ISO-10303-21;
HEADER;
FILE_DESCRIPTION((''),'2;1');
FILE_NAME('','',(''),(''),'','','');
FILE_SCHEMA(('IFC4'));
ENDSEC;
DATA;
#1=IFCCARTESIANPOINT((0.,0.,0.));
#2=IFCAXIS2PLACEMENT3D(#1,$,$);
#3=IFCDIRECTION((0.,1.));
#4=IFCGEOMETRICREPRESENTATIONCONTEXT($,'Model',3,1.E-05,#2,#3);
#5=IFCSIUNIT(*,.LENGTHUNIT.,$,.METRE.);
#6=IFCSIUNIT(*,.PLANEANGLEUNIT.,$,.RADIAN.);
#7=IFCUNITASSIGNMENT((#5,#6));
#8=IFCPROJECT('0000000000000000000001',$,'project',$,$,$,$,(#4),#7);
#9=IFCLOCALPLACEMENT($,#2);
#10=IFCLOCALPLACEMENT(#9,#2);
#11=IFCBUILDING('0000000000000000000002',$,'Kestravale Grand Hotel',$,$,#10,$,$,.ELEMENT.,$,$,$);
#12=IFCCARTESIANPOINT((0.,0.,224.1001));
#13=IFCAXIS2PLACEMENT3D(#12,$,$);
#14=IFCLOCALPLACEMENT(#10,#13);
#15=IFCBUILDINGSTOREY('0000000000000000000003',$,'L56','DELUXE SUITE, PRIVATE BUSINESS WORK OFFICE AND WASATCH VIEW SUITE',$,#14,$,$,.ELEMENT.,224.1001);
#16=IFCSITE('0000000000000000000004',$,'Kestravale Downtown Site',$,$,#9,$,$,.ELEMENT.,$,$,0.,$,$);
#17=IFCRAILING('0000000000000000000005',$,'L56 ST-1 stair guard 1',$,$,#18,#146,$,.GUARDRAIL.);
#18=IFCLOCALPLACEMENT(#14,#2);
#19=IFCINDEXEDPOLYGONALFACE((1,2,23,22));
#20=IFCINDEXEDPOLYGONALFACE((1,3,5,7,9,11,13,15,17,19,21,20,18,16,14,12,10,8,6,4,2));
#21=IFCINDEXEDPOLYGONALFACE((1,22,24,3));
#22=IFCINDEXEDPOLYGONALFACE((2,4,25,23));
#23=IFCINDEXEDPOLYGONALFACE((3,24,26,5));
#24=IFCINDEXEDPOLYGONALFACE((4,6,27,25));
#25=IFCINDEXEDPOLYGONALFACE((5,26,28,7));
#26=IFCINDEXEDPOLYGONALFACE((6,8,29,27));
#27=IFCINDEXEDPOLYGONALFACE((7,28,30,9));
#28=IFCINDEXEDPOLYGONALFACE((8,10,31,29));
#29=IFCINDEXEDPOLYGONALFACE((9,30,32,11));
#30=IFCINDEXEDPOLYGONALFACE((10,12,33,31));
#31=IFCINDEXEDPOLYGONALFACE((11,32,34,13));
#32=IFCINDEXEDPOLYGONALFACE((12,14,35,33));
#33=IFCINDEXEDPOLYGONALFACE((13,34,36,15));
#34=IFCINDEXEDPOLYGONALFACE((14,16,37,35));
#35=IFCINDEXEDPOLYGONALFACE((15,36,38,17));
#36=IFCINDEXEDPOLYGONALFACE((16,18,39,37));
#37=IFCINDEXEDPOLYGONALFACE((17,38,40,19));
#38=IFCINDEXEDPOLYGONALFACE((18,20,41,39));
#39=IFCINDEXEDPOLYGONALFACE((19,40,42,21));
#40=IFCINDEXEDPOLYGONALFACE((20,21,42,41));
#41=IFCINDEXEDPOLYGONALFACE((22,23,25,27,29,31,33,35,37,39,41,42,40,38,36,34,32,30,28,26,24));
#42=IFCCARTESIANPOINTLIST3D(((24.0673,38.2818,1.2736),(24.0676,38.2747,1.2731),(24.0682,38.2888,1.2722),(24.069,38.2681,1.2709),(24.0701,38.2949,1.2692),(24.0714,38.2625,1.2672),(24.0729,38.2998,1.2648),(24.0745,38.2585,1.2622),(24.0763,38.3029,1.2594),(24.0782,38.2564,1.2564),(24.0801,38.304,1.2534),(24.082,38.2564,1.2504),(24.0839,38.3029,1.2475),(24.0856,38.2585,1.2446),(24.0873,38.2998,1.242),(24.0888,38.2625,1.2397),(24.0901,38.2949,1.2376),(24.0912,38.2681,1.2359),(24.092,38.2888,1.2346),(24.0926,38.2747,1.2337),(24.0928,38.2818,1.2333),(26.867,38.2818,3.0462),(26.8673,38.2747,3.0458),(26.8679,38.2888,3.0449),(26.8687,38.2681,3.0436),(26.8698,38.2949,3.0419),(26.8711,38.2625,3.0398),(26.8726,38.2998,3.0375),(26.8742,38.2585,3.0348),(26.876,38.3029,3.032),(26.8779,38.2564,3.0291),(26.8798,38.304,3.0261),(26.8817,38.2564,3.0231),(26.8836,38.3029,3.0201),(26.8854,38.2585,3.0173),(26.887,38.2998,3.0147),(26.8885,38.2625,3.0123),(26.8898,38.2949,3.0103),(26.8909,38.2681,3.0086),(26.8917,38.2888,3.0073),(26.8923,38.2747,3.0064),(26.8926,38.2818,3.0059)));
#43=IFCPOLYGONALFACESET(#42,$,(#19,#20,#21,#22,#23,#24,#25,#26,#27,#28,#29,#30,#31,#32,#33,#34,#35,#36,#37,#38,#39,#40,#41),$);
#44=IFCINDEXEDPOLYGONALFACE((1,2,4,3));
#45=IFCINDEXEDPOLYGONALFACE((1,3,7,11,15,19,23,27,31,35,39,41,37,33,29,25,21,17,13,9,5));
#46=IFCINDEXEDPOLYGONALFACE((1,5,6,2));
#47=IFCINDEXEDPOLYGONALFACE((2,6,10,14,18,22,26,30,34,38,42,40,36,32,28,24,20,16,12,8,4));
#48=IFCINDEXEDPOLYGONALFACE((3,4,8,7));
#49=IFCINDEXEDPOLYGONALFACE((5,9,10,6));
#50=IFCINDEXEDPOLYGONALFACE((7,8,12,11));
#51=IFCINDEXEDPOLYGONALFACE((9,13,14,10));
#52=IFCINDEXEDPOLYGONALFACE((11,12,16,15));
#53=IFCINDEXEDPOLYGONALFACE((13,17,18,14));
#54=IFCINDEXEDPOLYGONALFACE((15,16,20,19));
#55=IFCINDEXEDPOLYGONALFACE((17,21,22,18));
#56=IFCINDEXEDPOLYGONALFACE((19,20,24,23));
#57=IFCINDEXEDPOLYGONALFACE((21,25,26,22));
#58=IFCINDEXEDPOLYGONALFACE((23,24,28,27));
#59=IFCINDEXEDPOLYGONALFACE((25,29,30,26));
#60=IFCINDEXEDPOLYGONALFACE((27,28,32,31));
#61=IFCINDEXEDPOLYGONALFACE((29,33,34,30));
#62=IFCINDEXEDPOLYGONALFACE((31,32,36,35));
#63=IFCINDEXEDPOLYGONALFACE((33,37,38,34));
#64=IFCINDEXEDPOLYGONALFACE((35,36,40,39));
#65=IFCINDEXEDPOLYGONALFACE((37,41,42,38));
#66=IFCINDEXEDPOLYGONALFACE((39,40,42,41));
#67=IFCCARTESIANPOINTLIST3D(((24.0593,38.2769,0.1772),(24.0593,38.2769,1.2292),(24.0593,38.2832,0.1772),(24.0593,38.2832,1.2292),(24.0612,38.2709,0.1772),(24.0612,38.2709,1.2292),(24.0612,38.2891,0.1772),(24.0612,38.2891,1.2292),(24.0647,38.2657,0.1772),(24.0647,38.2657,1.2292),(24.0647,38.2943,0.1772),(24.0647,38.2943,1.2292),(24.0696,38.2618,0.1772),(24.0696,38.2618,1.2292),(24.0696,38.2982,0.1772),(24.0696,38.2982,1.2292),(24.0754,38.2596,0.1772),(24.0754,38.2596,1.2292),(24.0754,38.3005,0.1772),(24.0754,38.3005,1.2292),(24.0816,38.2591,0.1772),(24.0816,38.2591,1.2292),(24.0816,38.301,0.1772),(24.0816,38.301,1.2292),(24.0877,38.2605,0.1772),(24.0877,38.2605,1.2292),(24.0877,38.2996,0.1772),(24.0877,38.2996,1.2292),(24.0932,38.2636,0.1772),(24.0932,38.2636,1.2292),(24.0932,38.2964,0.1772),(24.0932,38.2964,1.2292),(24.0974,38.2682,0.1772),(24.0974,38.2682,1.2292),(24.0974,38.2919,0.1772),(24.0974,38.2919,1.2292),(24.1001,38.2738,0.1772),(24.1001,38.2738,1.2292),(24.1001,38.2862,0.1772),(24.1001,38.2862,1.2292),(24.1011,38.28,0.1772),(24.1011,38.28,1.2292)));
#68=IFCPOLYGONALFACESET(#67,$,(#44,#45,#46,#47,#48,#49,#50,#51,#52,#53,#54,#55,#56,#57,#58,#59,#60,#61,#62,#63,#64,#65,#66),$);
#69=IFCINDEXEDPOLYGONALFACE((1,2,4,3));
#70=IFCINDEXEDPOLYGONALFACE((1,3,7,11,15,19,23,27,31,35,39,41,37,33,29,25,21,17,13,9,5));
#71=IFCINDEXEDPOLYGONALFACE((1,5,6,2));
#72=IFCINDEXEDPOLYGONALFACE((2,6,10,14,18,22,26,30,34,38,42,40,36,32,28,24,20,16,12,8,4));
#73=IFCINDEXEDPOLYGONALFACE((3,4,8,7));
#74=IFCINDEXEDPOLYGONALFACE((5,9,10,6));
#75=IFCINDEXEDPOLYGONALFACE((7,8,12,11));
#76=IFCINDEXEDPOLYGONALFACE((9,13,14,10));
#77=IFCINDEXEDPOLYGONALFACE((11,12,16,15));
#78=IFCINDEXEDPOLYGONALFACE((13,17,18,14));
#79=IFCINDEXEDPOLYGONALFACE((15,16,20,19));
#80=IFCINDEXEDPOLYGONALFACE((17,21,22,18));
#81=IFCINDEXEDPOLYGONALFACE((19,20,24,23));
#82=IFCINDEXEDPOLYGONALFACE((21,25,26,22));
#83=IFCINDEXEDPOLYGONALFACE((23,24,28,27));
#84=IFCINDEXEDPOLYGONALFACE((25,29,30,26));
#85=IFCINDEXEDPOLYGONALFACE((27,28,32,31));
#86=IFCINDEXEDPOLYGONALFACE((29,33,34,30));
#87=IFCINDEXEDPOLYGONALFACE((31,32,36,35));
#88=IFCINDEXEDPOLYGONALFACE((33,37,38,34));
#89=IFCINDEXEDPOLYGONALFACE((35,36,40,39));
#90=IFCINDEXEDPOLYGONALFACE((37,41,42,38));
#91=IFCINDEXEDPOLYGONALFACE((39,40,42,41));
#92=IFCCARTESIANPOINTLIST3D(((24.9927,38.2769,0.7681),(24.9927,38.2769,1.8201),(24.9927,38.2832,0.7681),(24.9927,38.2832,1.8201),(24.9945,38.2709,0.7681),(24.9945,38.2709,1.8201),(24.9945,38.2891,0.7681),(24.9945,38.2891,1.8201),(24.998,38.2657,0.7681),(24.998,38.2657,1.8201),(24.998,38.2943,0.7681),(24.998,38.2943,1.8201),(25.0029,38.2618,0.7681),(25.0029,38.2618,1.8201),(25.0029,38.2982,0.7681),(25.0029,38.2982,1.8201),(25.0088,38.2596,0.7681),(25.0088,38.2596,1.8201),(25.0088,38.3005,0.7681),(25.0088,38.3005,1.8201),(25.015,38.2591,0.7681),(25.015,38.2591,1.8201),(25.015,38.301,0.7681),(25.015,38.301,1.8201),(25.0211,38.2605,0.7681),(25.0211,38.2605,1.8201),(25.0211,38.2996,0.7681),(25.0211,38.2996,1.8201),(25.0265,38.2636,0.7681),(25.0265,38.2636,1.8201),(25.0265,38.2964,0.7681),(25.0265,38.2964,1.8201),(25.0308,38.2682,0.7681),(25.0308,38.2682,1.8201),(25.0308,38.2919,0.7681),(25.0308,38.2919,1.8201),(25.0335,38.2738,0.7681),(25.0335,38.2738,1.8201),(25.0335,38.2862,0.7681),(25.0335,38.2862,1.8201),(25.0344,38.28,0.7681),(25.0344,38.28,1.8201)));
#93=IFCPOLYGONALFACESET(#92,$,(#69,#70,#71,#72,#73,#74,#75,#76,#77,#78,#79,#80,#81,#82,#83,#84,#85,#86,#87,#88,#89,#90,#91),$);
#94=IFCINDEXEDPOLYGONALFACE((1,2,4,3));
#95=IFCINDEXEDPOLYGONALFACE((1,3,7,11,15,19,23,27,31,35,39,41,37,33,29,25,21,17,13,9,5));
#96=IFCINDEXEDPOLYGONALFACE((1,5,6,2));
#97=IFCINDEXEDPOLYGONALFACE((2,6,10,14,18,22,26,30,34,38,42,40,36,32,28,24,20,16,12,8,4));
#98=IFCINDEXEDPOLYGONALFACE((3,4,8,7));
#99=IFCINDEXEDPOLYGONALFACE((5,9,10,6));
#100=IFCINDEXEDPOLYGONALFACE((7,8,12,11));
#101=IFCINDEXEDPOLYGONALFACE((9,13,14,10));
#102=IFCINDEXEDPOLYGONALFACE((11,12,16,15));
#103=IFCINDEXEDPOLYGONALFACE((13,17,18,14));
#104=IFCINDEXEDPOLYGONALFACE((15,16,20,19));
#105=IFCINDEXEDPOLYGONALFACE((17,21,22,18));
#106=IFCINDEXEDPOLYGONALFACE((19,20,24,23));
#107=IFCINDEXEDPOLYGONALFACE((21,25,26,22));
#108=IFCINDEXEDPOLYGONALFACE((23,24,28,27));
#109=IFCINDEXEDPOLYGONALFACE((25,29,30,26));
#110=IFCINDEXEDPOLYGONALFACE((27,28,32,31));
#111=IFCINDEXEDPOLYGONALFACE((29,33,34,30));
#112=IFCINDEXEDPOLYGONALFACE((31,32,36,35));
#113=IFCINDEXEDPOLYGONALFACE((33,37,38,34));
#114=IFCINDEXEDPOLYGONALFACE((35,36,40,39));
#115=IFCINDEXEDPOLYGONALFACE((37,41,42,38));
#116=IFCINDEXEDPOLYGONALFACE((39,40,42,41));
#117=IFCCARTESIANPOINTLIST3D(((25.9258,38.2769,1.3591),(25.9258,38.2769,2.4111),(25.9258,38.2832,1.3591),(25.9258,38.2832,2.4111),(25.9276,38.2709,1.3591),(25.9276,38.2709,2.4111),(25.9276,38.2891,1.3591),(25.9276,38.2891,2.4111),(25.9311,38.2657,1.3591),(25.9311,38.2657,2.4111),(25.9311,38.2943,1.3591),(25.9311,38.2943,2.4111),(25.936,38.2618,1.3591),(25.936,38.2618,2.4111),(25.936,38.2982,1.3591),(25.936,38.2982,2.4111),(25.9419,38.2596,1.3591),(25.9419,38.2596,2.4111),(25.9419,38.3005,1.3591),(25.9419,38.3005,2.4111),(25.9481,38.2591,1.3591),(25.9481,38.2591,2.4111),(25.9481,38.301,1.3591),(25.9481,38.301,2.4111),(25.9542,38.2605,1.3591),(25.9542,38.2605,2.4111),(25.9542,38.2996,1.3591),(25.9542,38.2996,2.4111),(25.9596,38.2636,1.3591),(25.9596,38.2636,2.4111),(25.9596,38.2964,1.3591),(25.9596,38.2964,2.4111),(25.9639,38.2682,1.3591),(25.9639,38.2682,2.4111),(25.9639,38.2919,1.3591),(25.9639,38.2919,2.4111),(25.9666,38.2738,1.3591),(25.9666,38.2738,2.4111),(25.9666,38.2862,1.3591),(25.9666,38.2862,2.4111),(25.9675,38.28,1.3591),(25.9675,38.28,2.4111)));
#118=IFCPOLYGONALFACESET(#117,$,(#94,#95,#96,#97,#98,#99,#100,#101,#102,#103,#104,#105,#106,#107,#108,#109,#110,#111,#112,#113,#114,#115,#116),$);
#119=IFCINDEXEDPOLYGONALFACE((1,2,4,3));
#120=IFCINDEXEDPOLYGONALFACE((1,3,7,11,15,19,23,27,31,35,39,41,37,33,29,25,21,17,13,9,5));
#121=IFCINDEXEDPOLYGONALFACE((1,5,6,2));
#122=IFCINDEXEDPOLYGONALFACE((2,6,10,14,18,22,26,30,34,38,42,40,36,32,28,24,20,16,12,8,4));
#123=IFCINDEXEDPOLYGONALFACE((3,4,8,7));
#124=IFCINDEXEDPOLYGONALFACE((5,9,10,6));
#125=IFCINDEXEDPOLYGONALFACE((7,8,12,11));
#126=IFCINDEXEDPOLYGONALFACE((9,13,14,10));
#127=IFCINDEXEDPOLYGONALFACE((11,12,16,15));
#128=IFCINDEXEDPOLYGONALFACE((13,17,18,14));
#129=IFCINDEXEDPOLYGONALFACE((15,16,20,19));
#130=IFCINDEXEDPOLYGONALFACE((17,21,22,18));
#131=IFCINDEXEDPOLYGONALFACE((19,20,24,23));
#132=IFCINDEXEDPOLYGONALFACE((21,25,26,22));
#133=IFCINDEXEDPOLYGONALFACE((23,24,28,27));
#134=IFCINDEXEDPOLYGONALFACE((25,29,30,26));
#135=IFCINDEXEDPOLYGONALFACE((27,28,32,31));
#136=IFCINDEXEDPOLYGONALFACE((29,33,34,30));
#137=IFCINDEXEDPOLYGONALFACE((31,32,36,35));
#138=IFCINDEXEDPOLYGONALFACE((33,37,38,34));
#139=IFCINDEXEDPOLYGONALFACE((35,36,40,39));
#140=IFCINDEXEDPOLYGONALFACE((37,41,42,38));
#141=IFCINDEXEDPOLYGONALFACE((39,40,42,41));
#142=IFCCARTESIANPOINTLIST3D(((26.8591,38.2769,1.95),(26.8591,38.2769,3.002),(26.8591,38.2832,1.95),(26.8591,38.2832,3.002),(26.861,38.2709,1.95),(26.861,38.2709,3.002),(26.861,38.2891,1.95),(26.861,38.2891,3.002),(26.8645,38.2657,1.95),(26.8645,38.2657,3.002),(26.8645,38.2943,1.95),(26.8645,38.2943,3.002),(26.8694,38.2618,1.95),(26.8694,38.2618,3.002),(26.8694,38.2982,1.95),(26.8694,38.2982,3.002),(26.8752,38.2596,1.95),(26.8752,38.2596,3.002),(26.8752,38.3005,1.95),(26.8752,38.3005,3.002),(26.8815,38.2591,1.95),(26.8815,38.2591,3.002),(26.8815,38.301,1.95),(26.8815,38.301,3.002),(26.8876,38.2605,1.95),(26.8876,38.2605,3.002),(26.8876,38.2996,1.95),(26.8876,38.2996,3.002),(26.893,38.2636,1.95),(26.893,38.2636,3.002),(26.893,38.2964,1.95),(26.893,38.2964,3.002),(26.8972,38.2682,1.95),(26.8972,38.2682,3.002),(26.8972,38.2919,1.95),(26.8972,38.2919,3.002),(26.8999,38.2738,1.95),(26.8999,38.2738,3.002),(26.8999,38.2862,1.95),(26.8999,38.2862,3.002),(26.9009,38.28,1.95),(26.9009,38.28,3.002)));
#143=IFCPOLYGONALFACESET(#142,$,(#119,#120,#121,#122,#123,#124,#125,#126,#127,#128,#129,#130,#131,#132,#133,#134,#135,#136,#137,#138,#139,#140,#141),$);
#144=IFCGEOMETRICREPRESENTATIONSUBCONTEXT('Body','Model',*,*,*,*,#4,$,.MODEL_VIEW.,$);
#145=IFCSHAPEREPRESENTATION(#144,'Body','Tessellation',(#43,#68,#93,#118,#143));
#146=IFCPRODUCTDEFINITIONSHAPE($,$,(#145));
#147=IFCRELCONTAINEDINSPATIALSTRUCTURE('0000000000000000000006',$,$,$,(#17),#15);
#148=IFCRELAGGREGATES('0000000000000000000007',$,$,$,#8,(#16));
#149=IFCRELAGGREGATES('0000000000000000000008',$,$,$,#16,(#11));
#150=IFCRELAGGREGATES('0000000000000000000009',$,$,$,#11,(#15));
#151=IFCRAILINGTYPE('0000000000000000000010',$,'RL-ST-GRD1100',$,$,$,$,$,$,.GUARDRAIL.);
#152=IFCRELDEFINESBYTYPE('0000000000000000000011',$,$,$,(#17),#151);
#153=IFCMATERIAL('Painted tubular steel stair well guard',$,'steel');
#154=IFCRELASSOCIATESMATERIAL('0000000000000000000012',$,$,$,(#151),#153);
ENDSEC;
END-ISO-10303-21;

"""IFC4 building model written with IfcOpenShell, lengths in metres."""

from ifc_helpers import new_model, si_unit, direction, frame, origin, origin_2d, place, context, subcontext, project, spatial, circle, extrude, material, type_object, element, save


model = new_model("IFC4")

# Units and contexts
model_context = context("Model", 3, precision=1e-05, world=origin(), true_north=direction((0.0, 1.0)))
body_context = subcontext(model_context, "Body", "Model", "MODEL_VIEW")
ifc_project = project(units=[si_unit("LENGTHUNIT", "METRE"), si_unit("PLANEANGLEUNIT", "RADIAN")], contexts=[model_context])

# Site, building, storey
site_placement = place(None, origin())
site = spatial("IfcSite", under=ifc_project, at=site_placement, Name="Kestravale Downtown Site", CompositionType="ELEMENT", RefElevation=0.0)
building_placement = place(site_placement, origin())
building = spatial("IfcBuilding", under=site, at=building_placement, Name="Kestravale Grand Hotel", CompositionType="ELEMENT")
storey_placement = place(building_placement, frame((0.0, 0.0, 224.1001)))
storey = spatial("IfcBuildingStorey", under=building, at=storey_placement, Name="L56", Description="DELUXE SUITE, PRIVATE BUSINESS WORK OFFICE AND WASATCH VIEW SUITE", CompositionType="ELEMENT", Elevation=224.1001)

# Railing
ifc_material_1 = material(Name="Painted tubular steel stair well guard", Category="steel")
railing_type_1 = type_object("IfcRailingType", Name="RL-ST-GRD1100", PredefinedType="GUARDRAIL", material=ifc_material_1)
railing_1_placement = place(storey_placement, frame((24.0801, 38.28, 0.1772)))
element("IfcRailing", 1, at=railing_1_placement, inside=storey, type_object=railing_type_1, Name="L56 ST-1 stair guard 1", PredefinedType="GUARDRAIL", context=body_context, shape_type="SweptSolid", body=[
    extrude(circle(Radius=0.0239, at=origin_2d()), frame((0.0, 0.0, 1.0762), z_axis=(0.844888, 0.0, 0.534943), x_axis=(0.0, 1.0, 0.0)), (0.0, 0.0, 1.0), 3.3137),
    extrude(circle(Radius=0.021, at=origin_2d()), origin(), (0.0, 0.0, 1.0), 1.052),
    extrude(circle(Radius=0.021, at=origin_2d()), frame((0.9333, 0.0, 0.5908)), (0.0, 0.0, 1.0), 1.052),
    extrude(circle(Radius=0.021, at=origin_2d()), frame((1.8665, 0.0, 1.1819)), (0.0, 0.0, 1.0), 1.052),
    extrude(circle(Radius=0.021, at=origin_2d()), frame((2.7998, 0.0, 1.7727)), (0.0, 0.0, 1.0), 1.052),
])

save(model, "model.ifc")
